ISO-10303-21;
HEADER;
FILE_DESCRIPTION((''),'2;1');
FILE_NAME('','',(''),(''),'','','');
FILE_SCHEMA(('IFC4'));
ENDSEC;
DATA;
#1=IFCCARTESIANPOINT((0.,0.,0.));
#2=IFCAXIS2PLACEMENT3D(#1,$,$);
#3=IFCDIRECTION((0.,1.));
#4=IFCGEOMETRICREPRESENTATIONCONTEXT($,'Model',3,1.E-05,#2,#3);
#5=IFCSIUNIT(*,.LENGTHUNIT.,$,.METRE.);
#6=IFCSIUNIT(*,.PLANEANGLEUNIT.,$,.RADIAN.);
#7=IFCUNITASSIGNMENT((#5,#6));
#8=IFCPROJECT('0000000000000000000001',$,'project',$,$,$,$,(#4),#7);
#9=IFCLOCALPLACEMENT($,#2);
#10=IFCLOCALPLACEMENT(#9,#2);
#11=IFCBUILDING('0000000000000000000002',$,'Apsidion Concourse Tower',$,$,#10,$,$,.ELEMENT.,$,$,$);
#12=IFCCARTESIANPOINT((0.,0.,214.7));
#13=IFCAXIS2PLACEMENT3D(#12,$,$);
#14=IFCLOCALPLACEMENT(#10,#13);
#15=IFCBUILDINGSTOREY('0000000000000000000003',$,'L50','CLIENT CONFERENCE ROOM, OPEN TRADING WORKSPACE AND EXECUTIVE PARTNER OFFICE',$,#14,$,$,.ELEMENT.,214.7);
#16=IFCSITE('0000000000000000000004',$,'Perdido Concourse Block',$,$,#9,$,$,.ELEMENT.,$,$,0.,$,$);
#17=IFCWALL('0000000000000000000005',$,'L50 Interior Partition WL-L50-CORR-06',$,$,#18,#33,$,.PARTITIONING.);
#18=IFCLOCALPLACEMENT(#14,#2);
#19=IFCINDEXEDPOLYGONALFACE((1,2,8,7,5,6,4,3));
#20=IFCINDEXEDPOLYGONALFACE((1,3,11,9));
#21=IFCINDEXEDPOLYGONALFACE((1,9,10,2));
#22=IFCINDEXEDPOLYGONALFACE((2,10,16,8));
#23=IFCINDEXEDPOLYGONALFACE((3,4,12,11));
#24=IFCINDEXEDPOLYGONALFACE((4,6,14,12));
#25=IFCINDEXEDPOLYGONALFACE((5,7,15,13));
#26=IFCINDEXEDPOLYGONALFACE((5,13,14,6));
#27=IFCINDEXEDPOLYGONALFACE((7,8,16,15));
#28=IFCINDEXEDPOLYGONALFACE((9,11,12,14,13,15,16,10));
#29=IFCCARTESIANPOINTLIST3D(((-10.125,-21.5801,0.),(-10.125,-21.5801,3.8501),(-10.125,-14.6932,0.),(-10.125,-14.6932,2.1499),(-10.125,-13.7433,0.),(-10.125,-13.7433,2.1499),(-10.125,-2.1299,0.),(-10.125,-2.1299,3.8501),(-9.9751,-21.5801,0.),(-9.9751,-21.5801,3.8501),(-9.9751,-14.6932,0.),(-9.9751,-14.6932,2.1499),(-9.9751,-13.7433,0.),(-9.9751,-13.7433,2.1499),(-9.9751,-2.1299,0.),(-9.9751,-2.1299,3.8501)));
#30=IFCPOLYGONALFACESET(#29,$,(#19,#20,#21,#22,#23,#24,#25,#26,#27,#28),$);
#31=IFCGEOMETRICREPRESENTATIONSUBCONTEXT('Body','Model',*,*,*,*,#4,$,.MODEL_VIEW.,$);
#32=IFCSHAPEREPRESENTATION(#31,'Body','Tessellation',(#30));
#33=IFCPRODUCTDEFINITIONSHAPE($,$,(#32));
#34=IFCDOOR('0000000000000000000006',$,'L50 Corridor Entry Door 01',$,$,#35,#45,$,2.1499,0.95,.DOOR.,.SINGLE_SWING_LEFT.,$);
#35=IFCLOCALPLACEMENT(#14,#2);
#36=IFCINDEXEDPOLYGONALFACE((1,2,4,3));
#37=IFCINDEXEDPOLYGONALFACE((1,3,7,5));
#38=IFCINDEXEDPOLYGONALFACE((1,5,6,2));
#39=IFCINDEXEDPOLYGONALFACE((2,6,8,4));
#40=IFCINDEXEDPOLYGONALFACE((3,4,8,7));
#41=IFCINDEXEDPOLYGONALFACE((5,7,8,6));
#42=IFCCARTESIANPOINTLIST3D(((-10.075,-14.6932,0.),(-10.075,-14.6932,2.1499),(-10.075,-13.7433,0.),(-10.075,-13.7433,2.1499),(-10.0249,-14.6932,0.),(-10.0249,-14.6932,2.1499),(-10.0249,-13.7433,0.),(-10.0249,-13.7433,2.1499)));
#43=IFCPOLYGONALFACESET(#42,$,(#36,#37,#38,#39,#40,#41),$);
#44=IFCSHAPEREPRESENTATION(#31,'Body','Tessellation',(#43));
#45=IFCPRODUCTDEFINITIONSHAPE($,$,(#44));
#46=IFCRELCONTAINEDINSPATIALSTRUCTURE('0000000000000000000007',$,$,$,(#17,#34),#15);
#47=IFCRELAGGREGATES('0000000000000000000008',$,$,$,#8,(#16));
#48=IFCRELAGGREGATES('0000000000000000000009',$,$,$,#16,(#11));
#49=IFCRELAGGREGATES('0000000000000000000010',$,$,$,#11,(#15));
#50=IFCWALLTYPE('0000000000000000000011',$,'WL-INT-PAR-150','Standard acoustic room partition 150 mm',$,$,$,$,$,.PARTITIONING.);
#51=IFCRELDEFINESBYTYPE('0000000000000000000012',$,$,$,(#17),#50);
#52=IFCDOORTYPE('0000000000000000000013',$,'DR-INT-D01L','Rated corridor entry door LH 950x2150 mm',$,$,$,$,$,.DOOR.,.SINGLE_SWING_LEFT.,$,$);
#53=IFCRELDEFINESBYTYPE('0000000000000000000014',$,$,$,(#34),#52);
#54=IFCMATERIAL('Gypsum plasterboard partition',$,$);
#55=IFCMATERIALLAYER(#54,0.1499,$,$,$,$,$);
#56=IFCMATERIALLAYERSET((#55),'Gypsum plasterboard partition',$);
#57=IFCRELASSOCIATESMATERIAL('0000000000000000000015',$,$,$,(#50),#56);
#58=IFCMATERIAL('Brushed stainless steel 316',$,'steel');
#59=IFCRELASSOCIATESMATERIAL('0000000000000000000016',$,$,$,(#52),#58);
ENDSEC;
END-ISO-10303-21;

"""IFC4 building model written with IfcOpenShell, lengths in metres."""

from ifc_helpers import new_model, si_unit, direction, frame, frame_2d, origin, place, context, subcontext, project, spatial, rectangle, extrude, material, layer, layer_set, type_object, element, fill, save


model = new_model("IFC4")

# Units and contexts
model_context = context("Model", 3, precision=1e-05, world=origin(), true_north=direction((0.0, 1.0)))
body_context = subcontext(model_context, "Body", "Model", "MODEL_VIEW")
ifc_project = project(units=[si_unit("LENGTHUNIT", "METRE"), si_unit("PLANEANGLEUNIT", "RADIAN")], contexts=[model_context])

# Site, building, storey
site_placement = place(None, origin())
site = spatial("IfcSite", under=ifc_project, at=site_placement, Name="Perdido Concourse Block", CompositionType="ELEMENT", RefElevation=0.0)
building_placement = place(site_placement, origin())
building = spatial("IfcBuilding", under=site, at=building_placement, Name="Apsidion Concourse Tower", CompositionType="ELEMENT")
storey_placement = place(building_placement, frame((0.0, 0.0, 214.7)))
storey = spatial("IfcBuildingStorey", under=building, at=storey_placement, Name="L50", Description="CLIENT CONFERENCE ROOM, OPEN TRADING WORKSPACE AND EXECUTIVE PARTNER OFFICE", CompositionType="ELEMENT", Elevation=214.7)

# Shared definitions
ifc_material_1 = material(Name="Gypsum plasterboard partition")
ifc_layer_1 = layer(ifc_material_1, 0.1499)
ifc_layer_set_1 = layer_set([ifc_layer_1], Name="Gypsum plasterboard partition")
wall_type_1 = type_object("IfcWallType", Name="WL-INT-PAR-150", Description="Standard acoustic room partition 150 mm", PredefinedType="PARTITIONING", material=ifc_layer_set_1)

# Wall, opening, door
wall_1_placement = place(storey_placement, frame((-10.05, -21.5801, 0.0), z_axis=(0.0, 0.0, 1.0), x_axis=(0.0, 1.0, 0.0)))
wall_1 = element("IfcWall", 1, at=wall_1_placement, inside=storey, type_object=wall_type_1, Name="L50 Interior Partition WL-L50-CORR-06", PredefinedType="PARTITIONING", context=body_context, shape_type="SweptSolid", body=[
    extrude(rectangle(XDim=19.4502, YDim=0.1499, at=frame_2d((9.7251, 0.0))), origin(), (0.0, 0.0, 1.0), 3.8501),
])
opening_1_placement = place(wall_1_placement, frame((6.8867, 0.0, 0.0)))
opening_1 = element("IfcOpeningElement", 2, at=opening_1_placement, cuts=wall_1, PredefinedType="OPENING", context=body_context, shape_type="SweptSolid", body=[
    extrude(rectangle(XDim=0.95, YDim=2.1499, at=frame_2d((0.4751, 1.075))), frame((0.0, 0.085, 0.0), z_axis=(0.0, -1.0, 0.0), x_axis=(1.0, 0.0, 0.0)), (0.0, 0.0, 1.0), 0.1699),
])
ifc_material_2 = material(Name="Brushed stainless steel 316", Category="steel")
door_type_1 = type_object("IfcDoorType", Name="DR-INT-D01L", Description="Rated corridor entry door LH 950x2150 mm", OperationType="SINGLE_SWING_LEFT", PredefinedType="DOOR", material=ifc_material_2)
door_1_placement = place(opening_1_placement, origin())
door_1 = element("IfcDoor", 3, at=door_1_placement, inside=storey, type_object=door_type_1, Name="L50 Corridor Entry Door 01", OperationType="SINGLE_SWING_LEFT", OverallHeight=2.1499, OverallWidth=0.95, PredefinedType="DOOR", context=body_context, shape_type="SweptSolid", body=[
    extrude(rectangle(XDim=0.95, YDim=2.1499, at=frame_2d((0.4751, 1.075))), frame((0.0, 0.0249, 0.0), z_axis=(0.0, -1.0, 0.0), x_axis=(1.0, 0.0, 0.0)), (0.0, 0.0, 1.0), 0.05),
])
fill(opening_1, door_1)

save(model, "model.ifc")
